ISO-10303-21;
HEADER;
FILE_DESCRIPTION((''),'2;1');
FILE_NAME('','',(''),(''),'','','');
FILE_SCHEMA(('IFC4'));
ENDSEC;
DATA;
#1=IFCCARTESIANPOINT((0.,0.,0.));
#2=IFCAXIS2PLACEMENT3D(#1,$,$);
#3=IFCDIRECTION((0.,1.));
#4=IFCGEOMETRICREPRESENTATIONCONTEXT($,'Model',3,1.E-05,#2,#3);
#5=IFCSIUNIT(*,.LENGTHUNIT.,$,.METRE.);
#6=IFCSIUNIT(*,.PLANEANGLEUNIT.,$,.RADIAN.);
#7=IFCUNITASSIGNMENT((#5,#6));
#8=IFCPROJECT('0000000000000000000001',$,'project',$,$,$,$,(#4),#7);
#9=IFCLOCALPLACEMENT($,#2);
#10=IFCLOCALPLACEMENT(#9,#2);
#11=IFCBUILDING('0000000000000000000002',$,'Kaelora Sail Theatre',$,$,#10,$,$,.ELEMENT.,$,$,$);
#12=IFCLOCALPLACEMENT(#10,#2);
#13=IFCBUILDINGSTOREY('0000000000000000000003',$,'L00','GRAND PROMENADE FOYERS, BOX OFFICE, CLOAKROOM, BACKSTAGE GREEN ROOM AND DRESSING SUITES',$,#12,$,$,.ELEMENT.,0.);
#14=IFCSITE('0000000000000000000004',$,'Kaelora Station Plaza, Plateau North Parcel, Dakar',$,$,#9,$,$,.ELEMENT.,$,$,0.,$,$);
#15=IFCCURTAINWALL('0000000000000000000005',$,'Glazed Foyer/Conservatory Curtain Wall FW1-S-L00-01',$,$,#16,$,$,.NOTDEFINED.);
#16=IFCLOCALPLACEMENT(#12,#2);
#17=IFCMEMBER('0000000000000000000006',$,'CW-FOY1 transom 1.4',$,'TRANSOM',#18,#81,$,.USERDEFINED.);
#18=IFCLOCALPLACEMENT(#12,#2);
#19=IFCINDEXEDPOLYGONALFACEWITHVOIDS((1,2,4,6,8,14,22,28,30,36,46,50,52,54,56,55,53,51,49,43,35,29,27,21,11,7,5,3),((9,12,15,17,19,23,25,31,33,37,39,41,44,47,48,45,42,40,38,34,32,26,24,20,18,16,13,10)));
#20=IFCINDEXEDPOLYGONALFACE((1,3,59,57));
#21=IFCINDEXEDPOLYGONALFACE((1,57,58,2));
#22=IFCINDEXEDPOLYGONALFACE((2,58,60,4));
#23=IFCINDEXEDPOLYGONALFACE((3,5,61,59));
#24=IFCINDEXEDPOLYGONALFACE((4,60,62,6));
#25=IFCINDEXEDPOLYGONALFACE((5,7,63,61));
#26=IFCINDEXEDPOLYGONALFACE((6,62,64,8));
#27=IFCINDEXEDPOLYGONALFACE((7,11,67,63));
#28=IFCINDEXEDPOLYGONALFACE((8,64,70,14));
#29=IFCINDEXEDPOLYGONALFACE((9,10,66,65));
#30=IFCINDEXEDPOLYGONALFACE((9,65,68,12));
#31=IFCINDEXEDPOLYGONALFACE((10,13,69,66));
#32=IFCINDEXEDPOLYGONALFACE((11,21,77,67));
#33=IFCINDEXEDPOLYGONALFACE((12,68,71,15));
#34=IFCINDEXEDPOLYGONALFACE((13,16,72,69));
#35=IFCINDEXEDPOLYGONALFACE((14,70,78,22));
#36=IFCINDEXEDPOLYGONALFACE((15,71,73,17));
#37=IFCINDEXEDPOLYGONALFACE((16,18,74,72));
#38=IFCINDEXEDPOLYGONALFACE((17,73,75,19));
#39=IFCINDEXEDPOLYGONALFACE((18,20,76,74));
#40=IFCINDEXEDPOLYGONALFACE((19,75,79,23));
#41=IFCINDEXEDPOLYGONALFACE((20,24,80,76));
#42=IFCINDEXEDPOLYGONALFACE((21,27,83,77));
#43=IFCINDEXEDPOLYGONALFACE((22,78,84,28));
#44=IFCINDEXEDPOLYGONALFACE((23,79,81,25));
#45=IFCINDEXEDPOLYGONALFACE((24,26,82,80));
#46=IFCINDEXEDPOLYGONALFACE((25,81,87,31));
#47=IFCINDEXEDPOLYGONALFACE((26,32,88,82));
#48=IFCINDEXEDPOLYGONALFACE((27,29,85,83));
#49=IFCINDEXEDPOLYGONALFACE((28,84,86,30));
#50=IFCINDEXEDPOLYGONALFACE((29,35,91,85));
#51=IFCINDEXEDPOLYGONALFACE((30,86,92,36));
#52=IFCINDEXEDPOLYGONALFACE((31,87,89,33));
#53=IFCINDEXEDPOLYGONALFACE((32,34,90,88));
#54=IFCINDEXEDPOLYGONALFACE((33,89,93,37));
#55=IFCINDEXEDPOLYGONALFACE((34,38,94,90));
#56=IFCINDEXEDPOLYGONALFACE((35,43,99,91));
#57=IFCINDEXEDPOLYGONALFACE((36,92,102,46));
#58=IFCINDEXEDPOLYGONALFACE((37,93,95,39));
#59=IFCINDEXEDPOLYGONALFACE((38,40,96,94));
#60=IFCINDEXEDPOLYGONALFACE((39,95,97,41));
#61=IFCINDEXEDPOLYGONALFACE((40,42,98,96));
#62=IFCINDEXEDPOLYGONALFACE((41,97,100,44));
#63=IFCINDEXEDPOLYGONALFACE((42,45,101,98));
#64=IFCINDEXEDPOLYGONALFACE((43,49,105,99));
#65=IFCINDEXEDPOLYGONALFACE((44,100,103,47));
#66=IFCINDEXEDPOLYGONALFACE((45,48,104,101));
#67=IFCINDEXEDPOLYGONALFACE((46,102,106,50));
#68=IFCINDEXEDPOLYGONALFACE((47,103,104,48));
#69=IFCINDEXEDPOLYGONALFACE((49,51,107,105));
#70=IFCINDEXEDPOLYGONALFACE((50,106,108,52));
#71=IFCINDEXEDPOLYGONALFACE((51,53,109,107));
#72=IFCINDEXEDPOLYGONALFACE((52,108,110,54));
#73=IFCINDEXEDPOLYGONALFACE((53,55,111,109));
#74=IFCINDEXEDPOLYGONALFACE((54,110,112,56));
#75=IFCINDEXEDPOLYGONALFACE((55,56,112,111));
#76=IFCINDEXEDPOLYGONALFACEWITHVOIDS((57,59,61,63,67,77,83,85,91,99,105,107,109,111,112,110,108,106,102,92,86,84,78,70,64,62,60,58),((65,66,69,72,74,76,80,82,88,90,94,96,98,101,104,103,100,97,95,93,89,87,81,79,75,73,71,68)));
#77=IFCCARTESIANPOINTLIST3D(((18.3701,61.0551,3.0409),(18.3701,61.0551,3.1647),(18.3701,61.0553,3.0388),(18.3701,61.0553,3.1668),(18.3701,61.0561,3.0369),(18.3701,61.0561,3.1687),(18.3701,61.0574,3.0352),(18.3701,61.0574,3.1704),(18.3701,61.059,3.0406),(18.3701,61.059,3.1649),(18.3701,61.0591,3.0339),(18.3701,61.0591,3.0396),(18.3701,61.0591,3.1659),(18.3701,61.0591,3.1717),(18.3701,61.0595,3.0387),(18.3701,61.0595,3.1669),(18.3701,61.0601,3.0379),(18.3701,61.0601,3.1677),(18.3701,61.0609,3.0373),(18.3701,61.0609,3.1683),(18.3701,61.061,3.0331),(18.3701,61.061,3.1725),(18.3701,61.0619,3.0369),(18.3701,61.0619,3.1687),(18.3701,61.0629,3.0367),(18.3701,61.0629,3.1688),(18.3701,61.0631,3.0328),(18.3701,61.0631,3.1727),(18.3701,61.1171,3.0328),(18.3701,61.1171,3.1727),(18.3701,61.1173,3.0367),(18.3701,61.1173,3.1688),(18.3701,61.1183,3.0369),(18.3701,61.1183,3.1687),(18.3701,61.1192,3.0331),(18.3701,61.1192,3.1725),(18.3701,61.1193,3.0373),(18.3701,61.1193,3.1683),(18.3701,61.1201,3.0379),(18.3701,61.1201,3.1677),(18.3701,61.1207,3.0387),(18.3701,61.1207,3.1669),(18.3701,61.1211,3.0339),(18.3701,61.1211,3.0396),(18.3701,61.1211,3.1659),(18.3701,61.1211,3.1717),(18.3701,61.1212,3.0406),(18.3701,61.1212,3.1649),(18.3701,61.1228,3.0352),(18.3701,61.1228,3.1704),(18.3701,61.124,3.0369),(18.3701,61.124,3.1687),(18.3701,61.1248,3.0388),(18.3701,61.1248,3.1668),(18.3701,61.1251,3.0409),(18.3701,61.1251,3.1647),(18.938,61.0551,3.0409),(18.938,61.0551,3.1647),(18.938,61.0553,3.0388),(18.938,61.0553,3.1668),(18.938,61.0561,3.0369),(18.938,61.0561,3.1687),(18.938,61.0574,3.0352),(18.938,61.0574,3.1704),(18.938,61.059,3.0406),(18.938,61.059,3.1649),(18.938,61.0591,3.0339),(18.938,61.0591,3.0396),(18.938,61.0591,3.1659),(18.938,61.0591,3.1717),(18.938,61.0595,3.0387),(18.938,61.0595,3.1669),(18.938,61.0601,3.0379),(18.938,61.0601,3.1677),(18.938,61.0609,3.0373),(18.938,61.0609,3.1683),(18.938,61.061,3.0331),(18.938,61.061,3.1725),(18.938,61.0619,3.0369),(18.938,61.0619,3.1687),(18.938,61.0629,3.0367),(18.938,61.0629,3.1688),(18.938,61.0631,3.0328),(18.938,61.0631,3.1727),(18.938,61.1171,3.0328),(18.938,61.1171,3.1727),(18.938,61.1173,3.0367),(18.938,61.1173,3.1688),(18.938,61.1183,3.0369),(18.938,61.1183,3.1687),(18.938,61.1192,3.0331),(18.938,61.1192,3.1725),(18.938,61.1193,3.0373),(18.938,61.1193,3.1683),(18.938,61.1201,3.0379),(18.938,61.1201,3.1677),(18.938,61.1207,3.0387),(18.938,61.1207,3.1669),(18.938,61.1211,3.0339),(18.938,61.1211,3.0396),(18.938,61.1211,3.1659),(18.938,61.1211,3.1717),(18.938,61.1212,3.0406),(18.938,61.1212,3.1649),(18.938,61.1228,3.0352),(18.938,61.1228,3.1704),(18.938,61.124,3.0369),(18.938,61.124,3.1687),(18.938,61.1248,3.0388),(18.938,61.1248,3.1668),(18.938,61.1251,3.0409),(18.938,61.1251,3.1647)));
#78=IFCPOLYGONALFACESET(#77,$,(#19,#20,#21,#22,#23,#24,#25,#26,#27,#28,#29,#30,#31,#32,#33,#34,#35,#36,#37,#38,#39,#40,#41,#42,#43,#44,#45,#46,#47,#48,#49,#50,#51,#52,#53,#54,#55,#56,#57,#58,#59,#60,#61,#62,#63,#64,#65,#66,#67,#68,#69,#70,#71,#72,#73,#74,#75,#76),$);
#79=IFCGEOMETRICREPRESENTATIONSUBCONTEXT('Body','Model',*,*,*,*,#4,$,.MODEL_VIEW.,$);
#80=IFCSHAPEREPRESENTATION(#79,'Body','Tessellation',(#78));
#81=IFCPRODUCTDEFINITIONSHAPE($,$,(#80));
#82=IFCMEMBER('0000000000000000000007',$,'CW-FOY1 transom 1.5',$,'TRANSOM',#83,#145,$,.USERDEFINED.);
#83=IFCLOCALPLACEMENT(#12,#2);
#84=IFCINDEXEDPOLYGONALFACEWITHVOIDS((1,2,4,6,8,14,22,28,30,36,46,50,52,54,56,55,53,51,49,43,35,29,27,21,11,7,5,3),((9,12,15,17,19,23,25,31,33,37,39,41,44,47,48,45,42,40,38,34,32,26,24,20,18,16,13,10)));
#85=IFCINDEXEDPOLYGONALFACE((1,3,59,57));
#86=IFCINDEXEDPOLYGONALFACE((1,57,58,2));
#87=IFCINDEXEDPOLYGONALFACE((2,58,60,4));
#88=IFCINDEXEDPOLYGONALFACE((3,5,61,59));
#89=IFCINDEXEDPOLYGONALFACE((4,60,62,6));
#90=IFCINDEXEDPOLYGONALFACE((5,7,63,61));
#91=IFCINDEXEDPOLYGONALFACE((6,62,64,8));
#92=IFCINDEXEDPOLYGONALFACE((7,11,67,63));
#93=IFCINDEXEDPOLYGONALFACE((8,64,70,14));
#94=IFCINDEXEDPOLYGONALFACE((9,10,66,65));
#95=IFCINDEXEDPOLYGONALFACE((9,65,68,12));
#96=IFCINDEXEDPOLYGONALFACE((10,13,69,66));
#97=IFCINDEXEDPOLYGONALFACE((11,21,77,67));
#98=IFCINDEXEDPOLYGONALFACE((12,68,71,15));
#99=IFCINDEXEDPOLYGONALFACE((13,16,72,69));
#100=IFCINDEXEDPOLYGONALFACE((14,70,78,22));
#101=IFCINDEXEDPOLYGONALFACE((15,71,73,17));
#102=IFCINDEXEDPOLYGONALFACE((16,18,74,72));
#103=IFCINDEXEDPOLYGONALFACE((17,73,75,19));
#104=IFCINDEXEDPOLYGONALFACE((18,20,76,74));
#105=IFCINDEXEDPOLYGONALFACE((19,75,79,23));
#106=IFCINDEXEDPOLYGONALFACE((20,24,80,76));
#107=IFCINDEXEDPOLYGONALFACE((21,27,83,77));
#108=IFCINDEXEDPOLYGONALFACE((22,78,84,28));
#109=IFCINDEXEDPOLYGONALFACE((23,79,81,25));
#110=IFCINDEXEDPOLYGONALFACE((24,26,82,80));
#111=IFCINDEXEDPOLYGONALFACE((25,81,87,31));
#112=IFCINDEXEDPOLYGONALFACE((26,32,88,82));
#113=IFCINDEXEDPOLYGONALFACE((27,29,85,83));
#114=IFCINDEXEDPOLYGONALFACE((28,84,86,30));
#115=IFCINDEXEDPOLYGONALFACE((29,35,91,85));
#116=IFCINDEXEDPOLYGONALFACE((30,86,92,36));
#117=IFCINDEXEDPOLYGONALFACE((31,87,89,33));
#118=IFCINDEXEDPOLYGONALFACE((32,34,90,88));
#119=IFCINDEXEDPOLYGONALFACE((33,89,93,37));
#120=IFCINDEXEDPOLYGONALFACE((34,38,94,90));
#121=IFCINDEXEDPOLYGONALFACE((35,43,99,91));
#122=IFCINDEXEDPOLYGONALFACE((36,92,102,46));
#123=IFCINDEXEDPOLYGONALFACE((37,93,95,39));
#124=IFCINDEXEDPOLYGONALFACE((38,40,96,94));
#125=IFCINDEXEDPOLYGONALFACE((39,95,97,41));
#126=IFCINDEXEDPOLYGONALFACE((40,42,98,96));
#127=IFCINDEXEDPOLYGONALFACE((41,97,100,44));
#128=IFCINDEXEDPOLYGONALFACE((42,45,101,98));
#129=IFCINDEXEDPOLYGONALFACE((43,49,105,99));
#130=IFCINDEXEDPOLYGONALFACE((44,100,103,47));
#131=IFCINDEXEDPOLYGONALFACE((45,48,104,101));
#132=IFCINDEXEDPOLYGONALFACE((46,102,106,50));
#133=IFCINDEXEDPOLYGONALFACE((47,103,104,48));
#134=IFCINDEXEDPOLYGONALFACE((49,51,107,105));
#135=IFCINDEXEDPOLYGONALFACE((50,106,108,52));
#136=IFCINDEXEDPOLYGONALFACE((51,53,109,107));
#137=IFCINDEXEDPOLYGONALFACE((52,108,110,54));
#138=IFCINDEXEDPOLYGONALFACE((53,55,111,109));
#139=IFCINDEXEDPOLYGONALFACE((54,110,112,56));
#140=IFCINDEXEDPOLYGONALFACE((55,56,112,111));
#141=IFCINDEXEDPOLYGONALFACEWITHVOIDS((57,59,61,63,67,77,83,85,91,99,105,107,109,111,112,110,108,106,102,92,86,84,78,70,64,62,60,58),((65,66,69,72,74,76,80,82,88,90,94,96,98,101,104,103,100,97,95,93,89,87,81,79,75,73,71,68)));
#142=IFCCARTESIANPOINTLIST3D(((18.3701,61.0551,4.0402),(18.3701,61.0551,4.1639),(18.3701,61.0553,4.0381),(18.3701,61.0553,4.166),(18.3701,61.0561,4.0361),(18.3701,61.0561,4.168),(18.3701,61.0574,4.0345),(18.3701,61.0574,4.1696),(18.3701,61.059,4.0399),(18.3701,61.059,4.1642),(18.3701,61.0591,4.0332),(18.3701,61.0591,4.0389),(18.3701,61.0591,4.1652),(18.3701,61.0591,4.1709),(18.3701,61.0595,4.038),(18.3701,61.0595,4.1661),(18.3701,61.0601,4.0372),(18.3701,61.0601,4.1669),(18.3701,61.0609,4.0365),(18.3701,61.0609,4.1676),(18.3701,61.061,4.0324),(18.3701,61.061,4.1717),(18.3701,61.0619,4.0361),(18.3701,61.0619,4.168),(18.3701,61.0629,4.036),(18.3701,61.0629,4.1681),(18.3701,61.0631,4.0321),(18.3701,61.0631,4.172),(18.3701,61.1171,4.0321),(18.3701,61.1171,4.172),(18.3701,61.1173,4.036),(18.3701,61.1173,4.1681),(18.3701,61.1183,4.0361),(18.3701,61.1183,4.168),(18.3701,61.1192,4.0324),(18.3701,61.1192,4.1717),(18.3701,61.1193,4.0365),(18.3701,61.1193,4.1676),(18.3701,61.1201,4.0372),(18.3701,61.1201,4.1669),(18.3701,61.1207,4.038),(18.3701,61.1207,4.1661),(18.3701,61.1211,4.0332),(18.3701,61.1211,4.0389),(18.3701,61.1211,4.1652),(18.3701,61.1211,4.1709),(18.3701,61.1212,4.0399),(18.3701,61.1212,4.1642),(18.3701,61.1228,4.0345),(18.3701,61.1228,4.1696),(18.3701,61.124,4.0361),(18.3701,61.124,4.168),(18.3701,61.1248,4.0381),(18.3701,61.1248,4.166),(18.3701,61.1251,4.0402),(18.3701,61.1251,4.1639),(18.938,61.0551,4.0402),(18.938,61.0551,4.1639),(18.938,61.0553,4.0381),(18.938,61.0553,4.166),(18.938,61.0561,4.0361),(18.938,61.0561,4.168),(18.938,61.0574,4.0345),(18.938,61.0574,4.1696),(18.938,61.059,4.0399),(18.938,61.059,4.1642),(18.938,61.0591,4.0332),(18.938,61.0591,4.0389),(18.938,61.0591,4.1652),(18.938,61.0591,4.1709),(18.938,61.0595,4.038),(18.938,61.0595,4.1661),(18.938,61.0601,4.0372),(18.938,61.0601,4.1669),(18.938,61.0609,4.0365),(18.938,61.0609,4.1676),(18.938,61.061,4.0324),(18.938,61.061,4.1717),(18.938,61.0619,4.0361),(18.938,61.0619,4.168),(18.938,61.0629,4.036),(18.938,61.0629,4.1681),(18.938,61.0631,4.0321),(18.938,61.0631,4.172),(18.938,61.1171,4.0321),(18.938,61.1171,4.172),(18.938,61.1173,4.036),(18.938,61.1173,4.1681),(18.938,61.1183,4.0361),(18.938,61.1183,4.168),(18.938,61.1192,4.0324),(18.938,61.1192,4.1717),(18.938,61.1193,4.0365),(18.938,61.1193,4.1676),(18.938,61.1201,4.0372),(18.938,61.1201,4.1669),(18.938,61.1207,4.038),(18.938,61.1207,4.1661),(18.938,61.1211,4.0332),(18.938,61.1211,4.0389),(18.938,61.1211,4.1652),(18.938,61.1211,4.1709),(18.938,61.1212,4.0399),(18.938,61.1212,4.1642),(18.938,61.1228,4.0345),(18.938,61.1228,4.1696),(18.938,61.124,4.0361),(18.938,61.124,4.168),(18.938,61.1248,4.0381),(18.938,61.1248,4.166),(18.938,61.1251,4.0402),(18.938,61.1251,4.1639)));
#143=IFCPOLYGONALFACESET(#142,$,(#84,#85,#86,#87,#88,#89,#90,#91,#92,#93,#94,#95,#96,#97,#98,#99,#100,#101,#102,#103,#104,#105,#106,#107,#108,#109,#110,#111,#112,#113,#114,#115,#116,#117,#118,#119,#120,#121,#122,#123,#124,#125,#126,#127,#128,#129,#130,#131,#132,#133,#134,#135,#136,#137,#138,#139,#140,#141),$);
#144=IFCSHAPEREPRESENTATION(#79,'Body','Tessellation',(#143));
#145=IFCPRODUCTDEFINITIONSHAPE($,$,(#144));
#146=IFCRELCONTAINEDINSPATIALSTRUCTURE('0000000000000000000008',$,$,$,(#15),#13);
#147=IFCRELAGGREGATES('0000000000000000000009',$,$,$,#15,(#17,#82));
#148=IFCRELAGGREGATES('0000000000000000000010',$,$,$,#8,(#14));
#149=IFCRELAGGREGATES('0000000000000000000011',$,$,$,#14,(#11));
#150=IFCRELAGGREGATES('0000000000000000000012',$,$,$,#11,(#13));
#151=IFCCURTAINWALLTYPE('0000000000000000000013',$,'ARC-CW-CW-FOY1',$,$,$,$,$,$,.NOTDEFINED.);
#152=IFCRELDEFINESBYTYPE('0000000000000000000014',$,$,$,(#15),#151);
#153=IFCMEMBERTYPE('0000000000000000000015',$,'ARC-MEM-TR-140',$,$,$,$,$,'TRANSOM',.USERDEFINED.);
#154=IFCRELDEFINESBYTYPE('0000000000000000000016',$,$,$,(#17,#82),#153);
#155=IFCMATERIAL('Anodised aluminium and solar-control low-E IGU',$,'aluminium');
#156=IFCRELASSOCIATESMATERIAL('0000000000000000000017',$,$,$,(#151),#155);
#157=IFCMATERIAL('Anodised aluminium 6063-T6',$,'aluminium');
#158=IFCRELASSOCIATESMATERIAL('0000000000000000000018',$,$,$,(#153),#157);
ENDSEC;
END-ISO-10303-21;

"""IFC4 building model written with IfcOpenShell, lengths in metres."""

from ifc_helpers import new_model, si_unit, direction, frame, origin, origin_2d, place, context, subcontext, project, spatial, hollow_rectangle, extrude, material, material_profile, profile_set, type_object, element, aggregate, save


model = new_model("IFC4")

# Units and contexts
model_context = context("Model", 3, precision=1e-05, world=origin(), true_north=direction((0.0, 1.0)))
body_context = subcontext(model_context, "Body", "Model", "MODEL_VIEW")
ifc_project = project(units=[si_unit("LENGTHUNIT", "METRE"), si_unit("PLANEANGLEUNIT", "RADIAN")], contexts=[model_context])

# Site, building, storey
site_placement = place(None, origin())
site = spatial("IfcSite", under=ifc_project, at=site_placement, Name="Kaelora Station Plaza, Plateau North Parcel, Dakar", CompositionType="ELEMENT", RefElevation=0.0)
building_placement = place(site_placement, origin())
building = spatial("IfcBuilding", under=site, at=building_placement, Name="Kaelora Sail Theatre", CompositionType="ELEMENT")
storey_placement = place(building_placement, origin())
storey = spatial("IfcBuildingStorey", under=building, at=storey_placement, Name="L00", Description="GRAND PROMENADE FOYERS, BOX OFFICE, CLOAKROOM, BACKSTAGE GREEN ROOM AND DRESSING SUITES", CompositionType="ELEMENT", Elevation=0.0)

# Curtain wall
ifc_material_1 = material(Name="Anodised aluminium and solar-control low-E IGU", Category="aluminium")
curtain_wall_type_1 = type_object("IfcCurtainWallType", Name="ARC-CW-CW-FOY1", PredefinedType="NOTDEFINED", material=ifc_material_1)
curtain_wall_1_placement = place(storey_placement, origin())
curtain_wall_1 = element("IfcCurtainWall", 1, at=curtain_wall_1_placement, inside=storey, type_object=curtain_wall_type_1, Name="Glazed Foyer/Conservatory Curtain Wall FW1-S-L00-01", PredefinedType="NOTDEFINED")

# Members
ifc_material_2 = material(Name="Anodised aluminium 6063-T6", Category="aluminium")
ifc_material_profile_1 = material_profile(ifc_material_2, hollow_rectangle(XDim=0.0701, YDim=0.1399, WallThickness=0.0039, InnerFilletRadius=0.0039, OuterFilletRadius=0.0081, at=origin_2d()), Name="ALU-TRAN 70x140x4")
ifc_profile_set_1 = profile_set([ifc_material_profile_1], Name="Anodised aluminium 6063-T6")
member_type_1 = type_object("IfcMemberType", Name="ARC-MEM-TR-140", ElementType="TRANSOM", PredefinedType="USERDEFINED", material=ifc_profile_set_1)
member_1_placement = place(storey_placement, frame((18.3701, 61.0901, 3.1028), z_axis=(1.0, 0.0, 0.0), x_axis=(0.0, 1.0, 0.0)))
member_1 = element("IfcMember", 2, at=member_1_placement, type_object=member_type_1, Name="CW-FOY1 transom 1.4", ObjectType="TRANSOM", PredefinedType="USERDEFINED", context=body_context, shape_type="SweptSolid", body=[
    extrude(hollow_rectangle(XDim=0.0701, YDim=0.1399, WallThickness=0.0039, InnerFilletRadius=0.0039, OuterFilletRadius=0.0081, at=origin_2d()), origin(), (0.0, 0.0, 1.0), 0.5679),
])
member_2_placement = place(storey_placement, frame((18.3701, 61.0901, 4.1021), z_axis=(1.0, 0.0, 0.0), x_axis=(0.0, 1.0, 0.0)))
member_2 = element("IfcMember", 3, at=member_2_placement, type_object=member_type_1, Name="CW-FOY1 transom 1.5", ObjectType="TRANSOM", PredefinedType="USERDEFINED", context=body_context, shape_type="SweptSolid", body=[
    extrude(hollow_rectangle(XDim=0.0701, YDim=0.1399, WallThickness=0.0039, InnerFilletRadius=0.0039, OuterFilletRadius=0.0081, at=origin_2d()), origin(), (0.0, 0.0, 1.0), 0.5679),
])

aggregate(curtain_wall_1, [member_1, member_2])

save(model, "model.ifc")
